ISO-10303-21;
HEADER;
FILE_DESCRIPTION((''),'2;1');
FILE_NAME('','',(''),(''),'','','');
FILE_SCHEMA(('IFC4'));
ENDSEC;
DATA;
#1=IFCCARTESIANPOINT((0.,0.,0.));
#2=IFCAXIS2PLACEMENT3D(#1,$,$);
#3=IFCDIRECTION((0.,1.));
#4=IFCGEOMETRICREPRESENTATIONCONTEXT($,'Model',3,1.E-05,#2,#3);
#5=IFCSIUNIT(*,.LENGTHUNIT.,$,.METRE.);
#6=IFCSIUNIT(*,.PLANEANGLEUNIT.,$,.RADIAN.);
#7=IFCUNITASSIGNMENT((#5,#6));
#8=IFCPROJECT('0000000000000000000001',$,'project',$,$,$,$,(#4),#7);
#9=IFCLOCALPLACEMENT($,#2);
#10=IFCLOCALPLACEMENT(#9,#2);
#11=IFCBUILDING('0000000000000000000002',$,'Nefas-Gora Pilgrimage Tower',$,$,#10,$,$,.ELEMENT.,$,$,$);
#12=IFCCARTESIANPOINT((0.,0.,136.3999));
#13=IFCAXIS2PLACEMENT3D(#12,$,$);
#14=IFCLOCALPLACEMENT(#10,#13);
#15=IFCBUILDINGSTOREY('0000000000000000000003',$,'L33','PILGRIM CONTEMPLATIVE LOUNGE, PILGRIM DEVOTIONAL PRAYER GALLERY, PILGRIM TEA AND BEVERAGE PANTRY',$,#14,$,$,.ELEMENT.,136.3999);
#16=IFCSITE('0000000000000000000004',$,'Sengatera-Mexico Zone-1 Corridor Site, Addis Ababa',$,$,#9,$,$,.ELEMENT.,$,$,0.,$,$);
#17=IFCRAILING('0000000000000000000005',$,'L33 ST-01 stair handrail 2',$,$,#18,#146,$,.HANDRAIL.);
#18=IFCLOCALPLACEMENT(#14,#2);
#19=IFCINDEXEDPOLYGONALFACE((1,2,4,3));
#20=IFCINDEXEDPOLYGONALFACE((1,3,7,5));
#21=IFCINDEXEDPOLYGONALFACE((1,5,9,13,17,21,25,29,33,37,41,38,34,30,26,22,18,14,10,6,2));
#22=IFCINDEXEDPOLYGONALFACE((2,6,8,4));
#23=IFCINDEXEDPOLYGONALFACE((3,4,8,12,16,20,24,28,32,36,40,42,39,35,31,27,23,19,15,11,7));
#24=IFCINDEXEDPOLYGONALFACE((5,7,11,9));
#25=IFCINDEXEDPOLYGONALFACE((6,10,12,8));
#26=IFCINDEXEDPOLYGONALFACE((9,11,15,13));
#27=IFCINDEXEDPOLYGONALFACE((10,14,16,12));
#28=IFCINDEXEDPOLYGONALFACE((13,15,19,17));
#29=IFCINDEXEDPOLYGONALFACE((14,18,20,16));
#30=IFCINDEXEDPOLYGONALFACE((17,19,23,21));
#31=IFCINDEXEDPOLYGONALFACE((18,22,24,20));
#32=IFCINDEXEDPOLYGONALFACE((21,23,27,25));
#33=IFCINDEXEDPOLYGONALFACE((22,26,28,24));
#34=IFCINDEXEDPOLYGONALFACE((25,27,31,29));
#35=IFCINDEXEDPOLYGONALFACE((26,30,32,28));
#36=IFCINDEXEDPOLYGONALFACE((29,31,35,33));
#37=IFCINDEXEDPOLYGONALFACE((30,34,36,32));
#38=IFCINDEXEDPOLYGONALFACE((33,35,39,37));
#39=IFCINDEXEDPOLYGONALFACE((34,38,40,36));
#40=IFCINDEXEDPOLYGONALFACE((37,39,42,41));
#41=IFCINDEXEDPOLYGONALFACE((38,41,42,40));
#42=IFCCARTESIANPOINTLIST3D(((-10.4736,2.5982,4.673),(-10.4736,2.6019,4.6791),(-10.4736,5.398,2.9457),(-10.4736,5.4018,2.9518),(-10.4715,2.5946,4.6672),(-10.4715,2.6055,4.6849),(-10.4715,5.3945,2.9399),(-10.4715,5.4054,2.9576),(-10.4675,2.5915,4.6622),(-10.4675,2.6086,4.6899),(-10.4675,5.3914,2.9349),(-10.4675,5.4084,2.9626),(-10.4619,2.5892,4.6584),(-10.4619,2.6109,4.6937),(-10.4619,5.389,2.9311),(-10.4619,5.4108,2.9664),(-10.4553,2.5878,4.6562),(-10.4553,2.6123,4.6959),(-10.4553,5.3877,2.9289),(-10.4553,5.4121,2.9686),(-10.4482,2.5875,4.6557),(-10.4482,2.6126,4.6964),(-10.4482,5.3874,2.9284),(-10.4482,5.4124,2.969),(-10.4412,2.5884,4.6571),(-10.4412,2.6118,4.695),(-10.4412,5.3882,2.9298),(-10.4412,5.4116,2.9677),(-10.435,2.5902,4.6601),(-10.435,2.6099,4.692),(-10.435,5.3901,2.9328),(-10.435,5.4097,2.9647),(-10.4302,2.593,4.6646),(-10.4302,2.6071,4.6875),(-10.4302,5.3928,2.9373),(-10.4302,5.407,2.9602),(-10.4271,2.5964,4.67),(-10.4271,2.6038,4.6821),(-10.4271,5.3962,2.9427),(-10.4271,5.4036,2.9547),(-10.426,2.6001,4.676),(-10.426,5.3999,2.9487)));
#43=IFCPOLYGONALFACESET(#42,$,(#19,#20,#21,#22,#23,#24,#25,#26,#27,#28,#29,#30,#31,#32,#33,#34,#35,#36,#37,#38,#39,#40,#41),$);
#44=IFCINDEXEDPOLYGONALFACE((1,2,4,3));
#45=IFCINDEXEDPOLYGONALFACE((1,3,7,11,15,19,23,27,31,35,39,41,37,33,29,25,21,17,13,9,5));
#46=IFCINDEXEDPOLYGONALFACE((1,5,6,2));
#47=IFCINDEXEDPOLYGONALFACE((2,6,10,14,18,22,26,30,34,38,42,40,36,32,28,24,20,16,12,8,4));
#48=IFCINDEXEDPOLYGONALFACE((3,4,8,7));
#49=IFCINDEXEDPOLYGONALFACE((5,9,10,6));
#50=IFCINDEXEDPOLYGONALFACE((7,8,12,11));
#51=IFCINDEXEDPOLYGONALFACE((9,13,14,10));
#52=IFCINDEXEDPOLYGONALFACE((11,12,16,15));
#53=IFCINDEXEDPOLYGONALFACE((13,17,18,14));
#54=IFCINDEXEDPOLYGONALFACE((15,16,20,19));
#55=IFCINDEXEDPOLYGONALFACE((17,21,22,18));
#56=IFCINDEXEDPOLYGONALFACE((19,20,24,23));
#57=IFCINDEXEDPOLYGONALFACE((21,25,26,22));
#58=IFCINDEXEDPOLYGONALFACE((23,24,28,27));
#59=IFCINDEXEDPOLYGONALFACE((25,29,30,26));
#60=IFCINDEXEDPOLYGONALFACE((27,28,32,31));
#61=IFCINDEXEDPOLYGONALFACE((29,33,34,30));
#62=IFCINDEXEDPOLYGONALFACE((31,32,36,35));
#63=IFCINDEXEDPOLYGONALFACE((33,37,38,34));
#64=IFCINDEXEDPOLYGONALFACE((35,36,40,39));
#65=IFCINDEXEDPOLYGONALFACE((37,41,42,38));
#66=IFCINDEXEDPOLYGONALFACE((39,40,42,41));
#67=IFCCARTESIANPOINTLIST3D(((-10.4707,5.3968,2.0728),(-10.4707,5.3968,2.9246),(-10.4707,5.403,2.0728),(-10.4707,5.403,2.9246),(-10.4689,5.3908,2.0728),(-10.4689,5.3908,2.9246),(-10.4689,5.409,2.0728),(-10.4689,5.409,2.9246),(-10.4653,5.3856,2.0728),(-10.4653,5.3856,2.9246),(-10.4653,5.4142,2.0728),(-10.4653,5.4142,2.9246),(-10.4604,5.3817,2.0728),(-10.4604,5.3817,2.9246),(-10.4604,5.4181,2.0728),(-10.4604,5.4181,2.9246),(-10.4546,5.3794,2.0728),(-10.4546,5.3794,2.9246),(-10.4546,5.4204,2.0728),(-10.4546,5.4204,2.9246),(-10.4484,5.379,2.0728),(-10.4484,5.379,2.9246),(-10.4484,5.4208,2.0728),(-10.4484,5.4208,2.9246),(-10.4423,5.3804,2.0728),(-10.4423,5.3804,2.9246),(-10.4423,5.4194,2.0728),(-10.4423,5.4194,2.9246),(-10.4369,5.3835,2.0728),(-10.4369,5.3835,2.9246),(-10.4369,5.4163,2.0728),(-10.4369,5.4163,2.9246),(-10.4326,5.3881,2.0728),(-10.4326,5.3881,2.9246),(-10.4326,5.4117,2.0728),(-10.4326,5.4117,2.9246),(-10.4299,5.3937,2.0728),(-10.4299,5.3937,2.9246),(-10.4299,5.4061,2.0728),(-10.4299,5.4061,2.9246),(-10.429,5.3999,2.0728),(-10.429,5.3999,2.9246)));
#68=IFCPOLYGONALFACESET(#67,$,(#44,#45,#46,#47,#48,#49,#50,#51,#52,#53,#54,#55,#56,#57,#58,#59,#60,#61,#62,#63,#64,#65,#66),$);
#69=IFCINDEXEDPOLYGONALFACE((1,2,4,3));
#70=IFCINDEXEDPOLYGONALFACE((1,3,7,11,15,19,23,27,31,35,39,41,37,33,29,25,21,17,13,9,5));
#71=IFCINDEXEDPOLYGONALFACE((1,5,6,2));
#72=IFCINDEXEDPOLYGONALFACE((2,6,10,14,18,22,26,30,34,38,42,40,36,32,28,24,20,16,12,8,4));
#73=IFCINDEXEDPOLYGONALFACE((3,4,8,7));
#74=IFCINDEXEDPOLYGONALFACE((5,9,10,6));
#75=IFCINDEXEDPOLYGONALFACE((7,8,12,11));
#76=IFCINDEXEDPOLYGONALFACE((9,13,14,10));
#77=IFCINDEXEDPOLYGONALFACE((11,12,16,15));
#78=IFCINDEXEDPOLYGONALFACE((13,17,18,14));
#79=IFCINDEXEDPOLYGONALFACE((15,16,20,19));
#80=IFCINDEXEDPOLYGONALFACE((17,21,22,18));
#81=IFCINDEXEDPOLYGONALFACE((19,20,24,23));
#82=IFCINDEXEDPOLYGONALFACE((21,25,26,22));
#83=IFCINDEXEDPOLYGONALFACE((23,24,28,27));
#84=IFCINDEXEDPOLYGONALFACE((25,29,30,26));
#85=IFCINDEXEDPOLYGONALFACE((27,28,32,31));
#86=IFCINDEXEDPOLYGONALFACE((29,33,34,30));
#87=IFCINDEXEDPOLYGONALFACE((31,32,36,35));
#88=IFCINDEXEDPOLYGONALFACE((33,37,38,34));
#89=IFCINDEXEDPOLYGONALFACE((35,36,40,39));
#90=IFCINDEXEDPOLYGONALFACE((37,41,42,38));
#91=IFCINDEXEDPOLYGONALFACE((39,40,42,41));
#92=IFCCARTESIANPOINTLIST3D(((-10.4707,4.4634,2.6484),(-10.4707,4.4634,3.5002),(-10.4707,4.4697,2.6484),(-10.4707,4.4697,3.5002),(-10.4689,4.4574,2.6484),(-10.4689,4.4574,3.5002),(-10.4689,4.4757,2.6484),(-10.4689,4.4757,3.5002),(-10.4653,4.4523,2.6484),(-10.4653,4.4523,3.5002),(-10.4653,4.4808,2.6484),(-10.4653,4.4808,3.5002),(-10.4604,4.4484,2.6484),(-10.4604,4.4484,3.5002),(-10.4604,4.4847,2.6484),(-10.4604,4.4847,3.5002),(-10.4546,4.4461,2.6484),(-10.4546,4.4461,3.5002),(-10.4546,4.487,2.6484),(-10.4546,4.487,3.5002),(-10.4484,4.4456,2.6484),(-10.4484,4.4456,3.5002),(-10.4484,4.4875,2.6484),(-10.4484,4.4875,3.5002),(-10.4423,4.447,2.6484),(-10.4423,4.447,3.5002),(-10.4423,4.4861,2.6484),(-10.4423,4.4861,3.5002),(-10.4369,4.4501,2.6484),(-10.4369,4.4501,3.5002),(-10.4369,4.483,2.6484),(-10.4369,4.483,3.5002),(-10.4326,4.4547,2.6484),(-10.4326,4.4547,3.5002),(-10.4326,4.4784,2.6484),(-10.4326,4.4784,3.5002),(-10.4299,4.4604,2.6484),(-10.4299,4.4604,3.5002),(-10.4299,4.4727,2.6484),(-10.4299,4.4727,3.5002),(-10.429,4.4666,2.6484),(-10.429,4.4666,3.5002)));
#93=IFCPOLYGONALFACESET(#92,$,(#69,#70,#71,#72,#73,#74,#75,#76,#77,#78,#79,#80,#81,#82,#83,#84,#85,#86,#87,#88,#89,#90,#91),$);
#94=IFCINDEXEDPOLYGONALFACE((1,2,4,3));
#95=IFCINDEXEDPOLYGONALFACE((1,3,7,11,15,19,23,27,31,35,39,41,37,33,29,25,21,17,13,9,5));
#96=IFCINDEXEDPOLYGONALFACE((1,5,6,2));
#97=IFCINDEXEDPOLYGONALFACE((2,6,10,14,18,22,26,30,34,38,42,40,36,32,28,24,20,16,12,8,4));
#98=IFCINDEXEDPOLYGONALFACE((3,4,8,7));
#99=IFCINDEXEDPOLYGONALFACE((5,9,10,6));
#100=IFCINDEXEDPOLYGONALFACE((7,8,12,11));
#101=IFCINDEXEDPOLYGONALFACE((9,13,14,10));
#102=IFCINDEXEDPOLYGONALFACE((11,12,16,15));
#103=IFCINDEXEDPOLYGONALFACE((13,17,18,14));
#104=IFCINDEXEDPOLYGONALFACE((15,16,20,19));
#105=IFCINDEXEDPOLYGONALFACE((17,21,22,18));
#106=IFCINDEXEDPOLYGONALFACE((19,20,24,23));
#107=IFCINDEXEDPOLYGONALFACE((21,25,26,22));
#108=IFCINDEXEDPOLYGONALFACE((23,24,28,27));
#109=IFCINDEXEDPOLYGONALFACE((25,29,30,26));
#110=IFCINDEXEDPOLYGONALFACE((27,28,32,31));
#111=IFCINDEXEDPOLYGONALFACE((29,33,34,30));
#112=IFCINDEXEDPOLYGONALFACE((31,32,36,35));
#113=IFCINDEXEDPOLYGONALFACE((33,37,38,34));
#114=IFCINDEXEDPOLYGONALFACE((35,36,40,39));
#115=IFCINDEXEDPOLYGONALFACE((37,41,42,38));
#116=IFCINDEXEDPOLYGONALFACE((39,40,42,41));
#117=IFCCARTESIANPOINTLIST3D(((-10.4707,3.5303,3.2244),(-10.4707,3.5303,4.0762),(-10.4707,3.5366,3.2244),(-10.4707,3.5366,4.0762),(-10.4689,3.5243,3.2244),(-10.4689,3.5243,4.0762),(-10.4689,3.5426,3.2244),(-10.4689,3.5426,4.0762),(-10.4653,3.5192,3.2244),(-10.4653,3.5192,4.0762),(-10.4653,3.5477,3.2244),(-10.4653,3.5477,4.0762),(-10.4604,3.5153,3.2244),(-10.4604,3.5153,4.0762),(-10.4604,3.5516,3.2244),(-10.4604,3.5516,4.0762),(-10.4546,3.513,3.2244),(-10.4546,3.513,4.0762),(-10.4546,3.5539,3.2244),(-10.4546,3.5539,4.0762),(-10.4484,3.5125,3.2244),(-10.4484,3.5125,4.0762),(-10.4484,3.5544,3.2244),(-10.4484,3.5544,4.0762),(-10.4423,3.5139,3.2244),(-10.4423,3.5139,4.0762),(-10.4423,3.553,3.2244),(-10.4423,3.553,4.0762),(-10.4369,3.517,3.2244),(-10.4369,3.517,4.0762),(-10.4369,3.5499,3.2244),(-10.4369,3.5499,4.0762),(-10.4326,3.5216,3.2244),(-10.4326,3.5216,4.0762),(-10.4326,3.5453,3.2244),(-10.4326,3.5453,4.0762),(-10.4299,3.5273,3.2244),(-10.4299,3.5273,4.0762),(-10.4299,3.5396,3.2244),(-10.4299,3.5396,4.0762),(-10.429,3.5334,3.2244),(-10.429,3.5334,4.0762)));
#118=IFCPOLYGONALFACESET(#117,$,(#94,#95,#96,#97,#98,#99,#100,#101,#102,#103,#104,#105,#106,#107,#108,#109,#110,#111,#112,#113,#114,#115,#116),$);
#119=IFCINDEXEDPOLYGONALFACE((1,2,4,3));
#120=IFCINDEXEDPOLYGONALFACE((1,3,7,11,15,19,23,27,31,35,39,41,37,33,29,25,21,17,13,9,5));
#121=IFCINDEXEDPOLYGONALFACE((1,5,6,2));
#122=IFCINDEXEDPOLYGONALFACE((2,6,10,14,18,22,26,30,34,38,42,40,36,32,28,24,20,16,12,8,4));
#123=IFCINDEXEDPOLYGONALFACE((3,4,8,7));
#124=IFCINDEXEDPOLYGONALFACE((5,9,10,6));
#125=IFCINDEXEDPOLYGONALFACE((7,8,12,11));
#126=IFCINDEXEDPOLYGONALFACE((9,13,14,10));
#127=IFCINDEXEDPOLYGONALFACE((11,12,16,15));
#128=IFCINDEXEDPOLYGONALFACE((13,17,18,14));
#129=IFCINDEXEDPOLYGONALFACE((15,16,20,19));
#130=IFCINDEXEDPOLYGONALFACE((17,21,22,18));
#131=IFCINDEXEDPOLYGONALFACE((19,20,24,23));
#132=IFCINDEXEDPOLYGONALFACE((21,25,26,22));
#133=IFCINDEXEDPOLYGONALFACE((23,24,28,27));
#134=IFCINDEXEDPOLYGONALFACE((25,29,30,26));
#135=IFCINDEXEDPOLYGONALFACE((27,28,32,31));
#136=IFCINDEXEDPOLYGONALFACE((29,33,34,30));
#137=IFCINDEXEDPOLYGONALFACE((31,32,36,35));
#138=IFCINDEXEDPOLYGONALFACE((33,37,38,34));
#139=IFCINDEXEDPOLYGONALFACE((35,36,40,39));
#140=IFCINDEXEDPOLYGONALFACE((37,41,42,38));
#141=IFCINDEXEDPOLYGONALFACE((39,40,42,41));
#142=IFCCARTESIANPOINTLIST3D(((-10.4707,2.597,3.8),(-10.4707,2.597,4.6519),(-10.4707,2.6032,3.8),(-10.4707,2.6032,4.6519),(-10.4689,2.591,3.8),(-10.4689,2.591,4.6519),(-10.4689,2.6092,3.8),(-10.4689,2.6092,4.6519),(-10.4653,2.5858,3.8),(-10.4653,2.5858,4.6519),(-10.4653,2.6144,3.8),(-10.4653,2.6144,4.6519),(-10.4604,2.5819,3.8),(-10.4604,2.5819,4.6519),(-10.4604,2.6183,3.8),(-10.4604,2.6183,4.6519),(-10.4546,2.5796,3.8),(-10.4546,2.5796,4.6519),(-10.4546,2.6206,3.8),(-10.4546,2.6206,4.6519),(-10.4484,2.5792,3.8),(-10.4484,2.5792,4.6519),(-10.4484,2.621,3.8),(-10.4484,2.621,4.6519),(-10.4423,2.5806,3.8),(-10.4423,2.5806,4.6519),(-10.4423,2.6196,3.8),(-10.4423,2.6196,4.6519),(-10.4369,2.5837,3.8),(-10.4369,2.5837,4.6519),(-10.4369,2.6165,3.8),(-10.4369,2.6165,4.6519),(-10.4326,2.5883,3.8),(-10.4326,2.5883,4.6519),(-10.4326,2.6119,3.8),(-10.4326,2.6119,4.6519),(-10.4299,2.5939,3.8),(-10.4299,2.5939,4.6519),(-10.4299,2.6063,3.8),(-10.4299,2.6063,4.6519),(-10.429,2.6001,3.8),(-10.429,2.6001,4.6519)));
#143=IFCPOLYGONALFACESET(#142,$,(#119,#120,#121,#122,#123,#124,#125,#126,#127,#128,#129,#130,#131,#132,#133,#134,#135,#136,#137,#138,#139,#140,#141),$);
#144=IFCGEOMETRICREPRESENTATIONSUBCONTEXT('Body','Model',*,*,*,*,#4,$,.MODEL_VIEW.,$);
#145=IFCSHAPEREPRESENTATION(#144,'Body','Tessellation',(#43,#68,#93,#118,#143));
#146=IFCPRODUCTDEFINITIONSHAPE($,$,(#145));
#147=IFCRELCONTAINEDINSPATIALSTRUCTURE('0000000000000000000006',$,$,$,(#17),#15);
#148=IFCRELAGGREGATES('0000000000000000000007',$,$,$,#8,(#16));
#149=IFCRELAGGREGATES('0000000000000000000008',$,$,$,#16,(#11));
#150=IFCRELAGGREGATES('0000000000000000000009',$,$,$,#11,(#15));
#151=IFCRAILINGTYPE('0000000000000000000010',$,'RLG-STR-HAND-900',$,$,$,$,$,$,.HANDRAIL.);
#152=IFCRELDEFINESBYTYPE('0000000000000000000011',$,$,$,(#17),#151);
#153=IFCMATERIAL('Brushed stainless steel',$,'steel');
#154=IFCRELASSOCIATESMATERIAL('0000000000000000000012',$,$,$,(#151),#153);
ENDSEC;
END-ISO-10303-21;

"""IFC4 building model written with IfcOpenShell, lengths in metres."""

from ifc_helpers import new_model, si_unit, direction, frame, origin, origin_2d, place, context, subcontext, project, spatial, circle, extrude, material, type_object, element, save


model = new_model("IFC4")

# Units and contexts
model_context = context("Model", 3, precision=1e-05, world=origin(), true_north=direction((0.0, 1.0)))
body_context = subcontext(model_context, "Body", "Model", "MODEL_VIEW")
ifc_project = project(units=[si_unit("LENGTHUNIT", "METRE"), si_unit("PLANEANGLEUNIT", "RADIAN")], contexts=[model_context])

# Site, building, storey
site_placement = place(None, origin())
site = spatial("IfcSite", under=ifc_project, at=site_placement, Name="Sengatera-Mexico Zone-1 Corridor Site, Addis Ababa", CompositionType="ELEMENT", RefElevation=0.0)
building_placement = place(site_placement, origin())
building = spatial("IfcBuilding", under=site, at=building_placement, Name="Nefas-Gora Pilgrimage Tower", CompositionType="ELEMENT")
storey_placement = place(building_placement, frame((0.0, 0.0, 136.3999)))
storey = spatial("IfcBuildingStorey", under=building, at=storey_placement, Name="L33", Description="PILGRIM CONTEMPLATIVE LOUNGE, PILGRIM DEVOTIONAL PRAYER GALLERY, PILGRIM TEA AND BEVERAGE PANTRY", CompositionType="ELEMENT", Elevation=136.3999)

# Railing
ifc_material_1 = material(Name="Brushed stainless steel", Category="steel")
railing_type_1 = type_object("IfcRailingType", Name="RLG-STR-HAND-900", PredefinedType="HANDRAIL", material=ifc_material_1)
railing_1_placement = place(storey_placement, frame((-10.45, 5.3999, 2.0728)))
element("IfcRailing", 1, at=railing_1_placement, inside=storey, type_object=railing_type_1, Name="L33 ST-01 stair handrail 2", PredefinedType="HANDRAIL", context=body_context, shape_type="SweptSolid", body=[
    extrude(circle(Radius=0.0239, at=origin_2d()), frame((0.0, 0.0, 0.876), z_axis=(0.0, -0.851069, 0.525054), x_axis=(1.0, 0.0, 0.0)), (0.0, 0.0, 1.0), 3.2898),
    extrude(circle(Radius=0.021, at=origin_2d()), origin(), (0.0, 0.0, 1.0), 0.8518),
    extrude(circle(Radius=0.021, at=origin_2d()), frame((0.0, -0.9333, 0.5757)), (0.0, 0.0, 1.0), 0.8518),
    extrude(circle(Radius=0.021, at=origin_2d()), frame((0.0, -1.8665, 1.1516)), (0.0, 0.0, 1.0), 0.8518),
    extrude(circle(Radius=0.021, at=origin_2d()), frame((0.0, -2.7998, 1.7273)), (0.0, 0.0, 1.0), 0.8518),
])

save(model, "model.ifc")
